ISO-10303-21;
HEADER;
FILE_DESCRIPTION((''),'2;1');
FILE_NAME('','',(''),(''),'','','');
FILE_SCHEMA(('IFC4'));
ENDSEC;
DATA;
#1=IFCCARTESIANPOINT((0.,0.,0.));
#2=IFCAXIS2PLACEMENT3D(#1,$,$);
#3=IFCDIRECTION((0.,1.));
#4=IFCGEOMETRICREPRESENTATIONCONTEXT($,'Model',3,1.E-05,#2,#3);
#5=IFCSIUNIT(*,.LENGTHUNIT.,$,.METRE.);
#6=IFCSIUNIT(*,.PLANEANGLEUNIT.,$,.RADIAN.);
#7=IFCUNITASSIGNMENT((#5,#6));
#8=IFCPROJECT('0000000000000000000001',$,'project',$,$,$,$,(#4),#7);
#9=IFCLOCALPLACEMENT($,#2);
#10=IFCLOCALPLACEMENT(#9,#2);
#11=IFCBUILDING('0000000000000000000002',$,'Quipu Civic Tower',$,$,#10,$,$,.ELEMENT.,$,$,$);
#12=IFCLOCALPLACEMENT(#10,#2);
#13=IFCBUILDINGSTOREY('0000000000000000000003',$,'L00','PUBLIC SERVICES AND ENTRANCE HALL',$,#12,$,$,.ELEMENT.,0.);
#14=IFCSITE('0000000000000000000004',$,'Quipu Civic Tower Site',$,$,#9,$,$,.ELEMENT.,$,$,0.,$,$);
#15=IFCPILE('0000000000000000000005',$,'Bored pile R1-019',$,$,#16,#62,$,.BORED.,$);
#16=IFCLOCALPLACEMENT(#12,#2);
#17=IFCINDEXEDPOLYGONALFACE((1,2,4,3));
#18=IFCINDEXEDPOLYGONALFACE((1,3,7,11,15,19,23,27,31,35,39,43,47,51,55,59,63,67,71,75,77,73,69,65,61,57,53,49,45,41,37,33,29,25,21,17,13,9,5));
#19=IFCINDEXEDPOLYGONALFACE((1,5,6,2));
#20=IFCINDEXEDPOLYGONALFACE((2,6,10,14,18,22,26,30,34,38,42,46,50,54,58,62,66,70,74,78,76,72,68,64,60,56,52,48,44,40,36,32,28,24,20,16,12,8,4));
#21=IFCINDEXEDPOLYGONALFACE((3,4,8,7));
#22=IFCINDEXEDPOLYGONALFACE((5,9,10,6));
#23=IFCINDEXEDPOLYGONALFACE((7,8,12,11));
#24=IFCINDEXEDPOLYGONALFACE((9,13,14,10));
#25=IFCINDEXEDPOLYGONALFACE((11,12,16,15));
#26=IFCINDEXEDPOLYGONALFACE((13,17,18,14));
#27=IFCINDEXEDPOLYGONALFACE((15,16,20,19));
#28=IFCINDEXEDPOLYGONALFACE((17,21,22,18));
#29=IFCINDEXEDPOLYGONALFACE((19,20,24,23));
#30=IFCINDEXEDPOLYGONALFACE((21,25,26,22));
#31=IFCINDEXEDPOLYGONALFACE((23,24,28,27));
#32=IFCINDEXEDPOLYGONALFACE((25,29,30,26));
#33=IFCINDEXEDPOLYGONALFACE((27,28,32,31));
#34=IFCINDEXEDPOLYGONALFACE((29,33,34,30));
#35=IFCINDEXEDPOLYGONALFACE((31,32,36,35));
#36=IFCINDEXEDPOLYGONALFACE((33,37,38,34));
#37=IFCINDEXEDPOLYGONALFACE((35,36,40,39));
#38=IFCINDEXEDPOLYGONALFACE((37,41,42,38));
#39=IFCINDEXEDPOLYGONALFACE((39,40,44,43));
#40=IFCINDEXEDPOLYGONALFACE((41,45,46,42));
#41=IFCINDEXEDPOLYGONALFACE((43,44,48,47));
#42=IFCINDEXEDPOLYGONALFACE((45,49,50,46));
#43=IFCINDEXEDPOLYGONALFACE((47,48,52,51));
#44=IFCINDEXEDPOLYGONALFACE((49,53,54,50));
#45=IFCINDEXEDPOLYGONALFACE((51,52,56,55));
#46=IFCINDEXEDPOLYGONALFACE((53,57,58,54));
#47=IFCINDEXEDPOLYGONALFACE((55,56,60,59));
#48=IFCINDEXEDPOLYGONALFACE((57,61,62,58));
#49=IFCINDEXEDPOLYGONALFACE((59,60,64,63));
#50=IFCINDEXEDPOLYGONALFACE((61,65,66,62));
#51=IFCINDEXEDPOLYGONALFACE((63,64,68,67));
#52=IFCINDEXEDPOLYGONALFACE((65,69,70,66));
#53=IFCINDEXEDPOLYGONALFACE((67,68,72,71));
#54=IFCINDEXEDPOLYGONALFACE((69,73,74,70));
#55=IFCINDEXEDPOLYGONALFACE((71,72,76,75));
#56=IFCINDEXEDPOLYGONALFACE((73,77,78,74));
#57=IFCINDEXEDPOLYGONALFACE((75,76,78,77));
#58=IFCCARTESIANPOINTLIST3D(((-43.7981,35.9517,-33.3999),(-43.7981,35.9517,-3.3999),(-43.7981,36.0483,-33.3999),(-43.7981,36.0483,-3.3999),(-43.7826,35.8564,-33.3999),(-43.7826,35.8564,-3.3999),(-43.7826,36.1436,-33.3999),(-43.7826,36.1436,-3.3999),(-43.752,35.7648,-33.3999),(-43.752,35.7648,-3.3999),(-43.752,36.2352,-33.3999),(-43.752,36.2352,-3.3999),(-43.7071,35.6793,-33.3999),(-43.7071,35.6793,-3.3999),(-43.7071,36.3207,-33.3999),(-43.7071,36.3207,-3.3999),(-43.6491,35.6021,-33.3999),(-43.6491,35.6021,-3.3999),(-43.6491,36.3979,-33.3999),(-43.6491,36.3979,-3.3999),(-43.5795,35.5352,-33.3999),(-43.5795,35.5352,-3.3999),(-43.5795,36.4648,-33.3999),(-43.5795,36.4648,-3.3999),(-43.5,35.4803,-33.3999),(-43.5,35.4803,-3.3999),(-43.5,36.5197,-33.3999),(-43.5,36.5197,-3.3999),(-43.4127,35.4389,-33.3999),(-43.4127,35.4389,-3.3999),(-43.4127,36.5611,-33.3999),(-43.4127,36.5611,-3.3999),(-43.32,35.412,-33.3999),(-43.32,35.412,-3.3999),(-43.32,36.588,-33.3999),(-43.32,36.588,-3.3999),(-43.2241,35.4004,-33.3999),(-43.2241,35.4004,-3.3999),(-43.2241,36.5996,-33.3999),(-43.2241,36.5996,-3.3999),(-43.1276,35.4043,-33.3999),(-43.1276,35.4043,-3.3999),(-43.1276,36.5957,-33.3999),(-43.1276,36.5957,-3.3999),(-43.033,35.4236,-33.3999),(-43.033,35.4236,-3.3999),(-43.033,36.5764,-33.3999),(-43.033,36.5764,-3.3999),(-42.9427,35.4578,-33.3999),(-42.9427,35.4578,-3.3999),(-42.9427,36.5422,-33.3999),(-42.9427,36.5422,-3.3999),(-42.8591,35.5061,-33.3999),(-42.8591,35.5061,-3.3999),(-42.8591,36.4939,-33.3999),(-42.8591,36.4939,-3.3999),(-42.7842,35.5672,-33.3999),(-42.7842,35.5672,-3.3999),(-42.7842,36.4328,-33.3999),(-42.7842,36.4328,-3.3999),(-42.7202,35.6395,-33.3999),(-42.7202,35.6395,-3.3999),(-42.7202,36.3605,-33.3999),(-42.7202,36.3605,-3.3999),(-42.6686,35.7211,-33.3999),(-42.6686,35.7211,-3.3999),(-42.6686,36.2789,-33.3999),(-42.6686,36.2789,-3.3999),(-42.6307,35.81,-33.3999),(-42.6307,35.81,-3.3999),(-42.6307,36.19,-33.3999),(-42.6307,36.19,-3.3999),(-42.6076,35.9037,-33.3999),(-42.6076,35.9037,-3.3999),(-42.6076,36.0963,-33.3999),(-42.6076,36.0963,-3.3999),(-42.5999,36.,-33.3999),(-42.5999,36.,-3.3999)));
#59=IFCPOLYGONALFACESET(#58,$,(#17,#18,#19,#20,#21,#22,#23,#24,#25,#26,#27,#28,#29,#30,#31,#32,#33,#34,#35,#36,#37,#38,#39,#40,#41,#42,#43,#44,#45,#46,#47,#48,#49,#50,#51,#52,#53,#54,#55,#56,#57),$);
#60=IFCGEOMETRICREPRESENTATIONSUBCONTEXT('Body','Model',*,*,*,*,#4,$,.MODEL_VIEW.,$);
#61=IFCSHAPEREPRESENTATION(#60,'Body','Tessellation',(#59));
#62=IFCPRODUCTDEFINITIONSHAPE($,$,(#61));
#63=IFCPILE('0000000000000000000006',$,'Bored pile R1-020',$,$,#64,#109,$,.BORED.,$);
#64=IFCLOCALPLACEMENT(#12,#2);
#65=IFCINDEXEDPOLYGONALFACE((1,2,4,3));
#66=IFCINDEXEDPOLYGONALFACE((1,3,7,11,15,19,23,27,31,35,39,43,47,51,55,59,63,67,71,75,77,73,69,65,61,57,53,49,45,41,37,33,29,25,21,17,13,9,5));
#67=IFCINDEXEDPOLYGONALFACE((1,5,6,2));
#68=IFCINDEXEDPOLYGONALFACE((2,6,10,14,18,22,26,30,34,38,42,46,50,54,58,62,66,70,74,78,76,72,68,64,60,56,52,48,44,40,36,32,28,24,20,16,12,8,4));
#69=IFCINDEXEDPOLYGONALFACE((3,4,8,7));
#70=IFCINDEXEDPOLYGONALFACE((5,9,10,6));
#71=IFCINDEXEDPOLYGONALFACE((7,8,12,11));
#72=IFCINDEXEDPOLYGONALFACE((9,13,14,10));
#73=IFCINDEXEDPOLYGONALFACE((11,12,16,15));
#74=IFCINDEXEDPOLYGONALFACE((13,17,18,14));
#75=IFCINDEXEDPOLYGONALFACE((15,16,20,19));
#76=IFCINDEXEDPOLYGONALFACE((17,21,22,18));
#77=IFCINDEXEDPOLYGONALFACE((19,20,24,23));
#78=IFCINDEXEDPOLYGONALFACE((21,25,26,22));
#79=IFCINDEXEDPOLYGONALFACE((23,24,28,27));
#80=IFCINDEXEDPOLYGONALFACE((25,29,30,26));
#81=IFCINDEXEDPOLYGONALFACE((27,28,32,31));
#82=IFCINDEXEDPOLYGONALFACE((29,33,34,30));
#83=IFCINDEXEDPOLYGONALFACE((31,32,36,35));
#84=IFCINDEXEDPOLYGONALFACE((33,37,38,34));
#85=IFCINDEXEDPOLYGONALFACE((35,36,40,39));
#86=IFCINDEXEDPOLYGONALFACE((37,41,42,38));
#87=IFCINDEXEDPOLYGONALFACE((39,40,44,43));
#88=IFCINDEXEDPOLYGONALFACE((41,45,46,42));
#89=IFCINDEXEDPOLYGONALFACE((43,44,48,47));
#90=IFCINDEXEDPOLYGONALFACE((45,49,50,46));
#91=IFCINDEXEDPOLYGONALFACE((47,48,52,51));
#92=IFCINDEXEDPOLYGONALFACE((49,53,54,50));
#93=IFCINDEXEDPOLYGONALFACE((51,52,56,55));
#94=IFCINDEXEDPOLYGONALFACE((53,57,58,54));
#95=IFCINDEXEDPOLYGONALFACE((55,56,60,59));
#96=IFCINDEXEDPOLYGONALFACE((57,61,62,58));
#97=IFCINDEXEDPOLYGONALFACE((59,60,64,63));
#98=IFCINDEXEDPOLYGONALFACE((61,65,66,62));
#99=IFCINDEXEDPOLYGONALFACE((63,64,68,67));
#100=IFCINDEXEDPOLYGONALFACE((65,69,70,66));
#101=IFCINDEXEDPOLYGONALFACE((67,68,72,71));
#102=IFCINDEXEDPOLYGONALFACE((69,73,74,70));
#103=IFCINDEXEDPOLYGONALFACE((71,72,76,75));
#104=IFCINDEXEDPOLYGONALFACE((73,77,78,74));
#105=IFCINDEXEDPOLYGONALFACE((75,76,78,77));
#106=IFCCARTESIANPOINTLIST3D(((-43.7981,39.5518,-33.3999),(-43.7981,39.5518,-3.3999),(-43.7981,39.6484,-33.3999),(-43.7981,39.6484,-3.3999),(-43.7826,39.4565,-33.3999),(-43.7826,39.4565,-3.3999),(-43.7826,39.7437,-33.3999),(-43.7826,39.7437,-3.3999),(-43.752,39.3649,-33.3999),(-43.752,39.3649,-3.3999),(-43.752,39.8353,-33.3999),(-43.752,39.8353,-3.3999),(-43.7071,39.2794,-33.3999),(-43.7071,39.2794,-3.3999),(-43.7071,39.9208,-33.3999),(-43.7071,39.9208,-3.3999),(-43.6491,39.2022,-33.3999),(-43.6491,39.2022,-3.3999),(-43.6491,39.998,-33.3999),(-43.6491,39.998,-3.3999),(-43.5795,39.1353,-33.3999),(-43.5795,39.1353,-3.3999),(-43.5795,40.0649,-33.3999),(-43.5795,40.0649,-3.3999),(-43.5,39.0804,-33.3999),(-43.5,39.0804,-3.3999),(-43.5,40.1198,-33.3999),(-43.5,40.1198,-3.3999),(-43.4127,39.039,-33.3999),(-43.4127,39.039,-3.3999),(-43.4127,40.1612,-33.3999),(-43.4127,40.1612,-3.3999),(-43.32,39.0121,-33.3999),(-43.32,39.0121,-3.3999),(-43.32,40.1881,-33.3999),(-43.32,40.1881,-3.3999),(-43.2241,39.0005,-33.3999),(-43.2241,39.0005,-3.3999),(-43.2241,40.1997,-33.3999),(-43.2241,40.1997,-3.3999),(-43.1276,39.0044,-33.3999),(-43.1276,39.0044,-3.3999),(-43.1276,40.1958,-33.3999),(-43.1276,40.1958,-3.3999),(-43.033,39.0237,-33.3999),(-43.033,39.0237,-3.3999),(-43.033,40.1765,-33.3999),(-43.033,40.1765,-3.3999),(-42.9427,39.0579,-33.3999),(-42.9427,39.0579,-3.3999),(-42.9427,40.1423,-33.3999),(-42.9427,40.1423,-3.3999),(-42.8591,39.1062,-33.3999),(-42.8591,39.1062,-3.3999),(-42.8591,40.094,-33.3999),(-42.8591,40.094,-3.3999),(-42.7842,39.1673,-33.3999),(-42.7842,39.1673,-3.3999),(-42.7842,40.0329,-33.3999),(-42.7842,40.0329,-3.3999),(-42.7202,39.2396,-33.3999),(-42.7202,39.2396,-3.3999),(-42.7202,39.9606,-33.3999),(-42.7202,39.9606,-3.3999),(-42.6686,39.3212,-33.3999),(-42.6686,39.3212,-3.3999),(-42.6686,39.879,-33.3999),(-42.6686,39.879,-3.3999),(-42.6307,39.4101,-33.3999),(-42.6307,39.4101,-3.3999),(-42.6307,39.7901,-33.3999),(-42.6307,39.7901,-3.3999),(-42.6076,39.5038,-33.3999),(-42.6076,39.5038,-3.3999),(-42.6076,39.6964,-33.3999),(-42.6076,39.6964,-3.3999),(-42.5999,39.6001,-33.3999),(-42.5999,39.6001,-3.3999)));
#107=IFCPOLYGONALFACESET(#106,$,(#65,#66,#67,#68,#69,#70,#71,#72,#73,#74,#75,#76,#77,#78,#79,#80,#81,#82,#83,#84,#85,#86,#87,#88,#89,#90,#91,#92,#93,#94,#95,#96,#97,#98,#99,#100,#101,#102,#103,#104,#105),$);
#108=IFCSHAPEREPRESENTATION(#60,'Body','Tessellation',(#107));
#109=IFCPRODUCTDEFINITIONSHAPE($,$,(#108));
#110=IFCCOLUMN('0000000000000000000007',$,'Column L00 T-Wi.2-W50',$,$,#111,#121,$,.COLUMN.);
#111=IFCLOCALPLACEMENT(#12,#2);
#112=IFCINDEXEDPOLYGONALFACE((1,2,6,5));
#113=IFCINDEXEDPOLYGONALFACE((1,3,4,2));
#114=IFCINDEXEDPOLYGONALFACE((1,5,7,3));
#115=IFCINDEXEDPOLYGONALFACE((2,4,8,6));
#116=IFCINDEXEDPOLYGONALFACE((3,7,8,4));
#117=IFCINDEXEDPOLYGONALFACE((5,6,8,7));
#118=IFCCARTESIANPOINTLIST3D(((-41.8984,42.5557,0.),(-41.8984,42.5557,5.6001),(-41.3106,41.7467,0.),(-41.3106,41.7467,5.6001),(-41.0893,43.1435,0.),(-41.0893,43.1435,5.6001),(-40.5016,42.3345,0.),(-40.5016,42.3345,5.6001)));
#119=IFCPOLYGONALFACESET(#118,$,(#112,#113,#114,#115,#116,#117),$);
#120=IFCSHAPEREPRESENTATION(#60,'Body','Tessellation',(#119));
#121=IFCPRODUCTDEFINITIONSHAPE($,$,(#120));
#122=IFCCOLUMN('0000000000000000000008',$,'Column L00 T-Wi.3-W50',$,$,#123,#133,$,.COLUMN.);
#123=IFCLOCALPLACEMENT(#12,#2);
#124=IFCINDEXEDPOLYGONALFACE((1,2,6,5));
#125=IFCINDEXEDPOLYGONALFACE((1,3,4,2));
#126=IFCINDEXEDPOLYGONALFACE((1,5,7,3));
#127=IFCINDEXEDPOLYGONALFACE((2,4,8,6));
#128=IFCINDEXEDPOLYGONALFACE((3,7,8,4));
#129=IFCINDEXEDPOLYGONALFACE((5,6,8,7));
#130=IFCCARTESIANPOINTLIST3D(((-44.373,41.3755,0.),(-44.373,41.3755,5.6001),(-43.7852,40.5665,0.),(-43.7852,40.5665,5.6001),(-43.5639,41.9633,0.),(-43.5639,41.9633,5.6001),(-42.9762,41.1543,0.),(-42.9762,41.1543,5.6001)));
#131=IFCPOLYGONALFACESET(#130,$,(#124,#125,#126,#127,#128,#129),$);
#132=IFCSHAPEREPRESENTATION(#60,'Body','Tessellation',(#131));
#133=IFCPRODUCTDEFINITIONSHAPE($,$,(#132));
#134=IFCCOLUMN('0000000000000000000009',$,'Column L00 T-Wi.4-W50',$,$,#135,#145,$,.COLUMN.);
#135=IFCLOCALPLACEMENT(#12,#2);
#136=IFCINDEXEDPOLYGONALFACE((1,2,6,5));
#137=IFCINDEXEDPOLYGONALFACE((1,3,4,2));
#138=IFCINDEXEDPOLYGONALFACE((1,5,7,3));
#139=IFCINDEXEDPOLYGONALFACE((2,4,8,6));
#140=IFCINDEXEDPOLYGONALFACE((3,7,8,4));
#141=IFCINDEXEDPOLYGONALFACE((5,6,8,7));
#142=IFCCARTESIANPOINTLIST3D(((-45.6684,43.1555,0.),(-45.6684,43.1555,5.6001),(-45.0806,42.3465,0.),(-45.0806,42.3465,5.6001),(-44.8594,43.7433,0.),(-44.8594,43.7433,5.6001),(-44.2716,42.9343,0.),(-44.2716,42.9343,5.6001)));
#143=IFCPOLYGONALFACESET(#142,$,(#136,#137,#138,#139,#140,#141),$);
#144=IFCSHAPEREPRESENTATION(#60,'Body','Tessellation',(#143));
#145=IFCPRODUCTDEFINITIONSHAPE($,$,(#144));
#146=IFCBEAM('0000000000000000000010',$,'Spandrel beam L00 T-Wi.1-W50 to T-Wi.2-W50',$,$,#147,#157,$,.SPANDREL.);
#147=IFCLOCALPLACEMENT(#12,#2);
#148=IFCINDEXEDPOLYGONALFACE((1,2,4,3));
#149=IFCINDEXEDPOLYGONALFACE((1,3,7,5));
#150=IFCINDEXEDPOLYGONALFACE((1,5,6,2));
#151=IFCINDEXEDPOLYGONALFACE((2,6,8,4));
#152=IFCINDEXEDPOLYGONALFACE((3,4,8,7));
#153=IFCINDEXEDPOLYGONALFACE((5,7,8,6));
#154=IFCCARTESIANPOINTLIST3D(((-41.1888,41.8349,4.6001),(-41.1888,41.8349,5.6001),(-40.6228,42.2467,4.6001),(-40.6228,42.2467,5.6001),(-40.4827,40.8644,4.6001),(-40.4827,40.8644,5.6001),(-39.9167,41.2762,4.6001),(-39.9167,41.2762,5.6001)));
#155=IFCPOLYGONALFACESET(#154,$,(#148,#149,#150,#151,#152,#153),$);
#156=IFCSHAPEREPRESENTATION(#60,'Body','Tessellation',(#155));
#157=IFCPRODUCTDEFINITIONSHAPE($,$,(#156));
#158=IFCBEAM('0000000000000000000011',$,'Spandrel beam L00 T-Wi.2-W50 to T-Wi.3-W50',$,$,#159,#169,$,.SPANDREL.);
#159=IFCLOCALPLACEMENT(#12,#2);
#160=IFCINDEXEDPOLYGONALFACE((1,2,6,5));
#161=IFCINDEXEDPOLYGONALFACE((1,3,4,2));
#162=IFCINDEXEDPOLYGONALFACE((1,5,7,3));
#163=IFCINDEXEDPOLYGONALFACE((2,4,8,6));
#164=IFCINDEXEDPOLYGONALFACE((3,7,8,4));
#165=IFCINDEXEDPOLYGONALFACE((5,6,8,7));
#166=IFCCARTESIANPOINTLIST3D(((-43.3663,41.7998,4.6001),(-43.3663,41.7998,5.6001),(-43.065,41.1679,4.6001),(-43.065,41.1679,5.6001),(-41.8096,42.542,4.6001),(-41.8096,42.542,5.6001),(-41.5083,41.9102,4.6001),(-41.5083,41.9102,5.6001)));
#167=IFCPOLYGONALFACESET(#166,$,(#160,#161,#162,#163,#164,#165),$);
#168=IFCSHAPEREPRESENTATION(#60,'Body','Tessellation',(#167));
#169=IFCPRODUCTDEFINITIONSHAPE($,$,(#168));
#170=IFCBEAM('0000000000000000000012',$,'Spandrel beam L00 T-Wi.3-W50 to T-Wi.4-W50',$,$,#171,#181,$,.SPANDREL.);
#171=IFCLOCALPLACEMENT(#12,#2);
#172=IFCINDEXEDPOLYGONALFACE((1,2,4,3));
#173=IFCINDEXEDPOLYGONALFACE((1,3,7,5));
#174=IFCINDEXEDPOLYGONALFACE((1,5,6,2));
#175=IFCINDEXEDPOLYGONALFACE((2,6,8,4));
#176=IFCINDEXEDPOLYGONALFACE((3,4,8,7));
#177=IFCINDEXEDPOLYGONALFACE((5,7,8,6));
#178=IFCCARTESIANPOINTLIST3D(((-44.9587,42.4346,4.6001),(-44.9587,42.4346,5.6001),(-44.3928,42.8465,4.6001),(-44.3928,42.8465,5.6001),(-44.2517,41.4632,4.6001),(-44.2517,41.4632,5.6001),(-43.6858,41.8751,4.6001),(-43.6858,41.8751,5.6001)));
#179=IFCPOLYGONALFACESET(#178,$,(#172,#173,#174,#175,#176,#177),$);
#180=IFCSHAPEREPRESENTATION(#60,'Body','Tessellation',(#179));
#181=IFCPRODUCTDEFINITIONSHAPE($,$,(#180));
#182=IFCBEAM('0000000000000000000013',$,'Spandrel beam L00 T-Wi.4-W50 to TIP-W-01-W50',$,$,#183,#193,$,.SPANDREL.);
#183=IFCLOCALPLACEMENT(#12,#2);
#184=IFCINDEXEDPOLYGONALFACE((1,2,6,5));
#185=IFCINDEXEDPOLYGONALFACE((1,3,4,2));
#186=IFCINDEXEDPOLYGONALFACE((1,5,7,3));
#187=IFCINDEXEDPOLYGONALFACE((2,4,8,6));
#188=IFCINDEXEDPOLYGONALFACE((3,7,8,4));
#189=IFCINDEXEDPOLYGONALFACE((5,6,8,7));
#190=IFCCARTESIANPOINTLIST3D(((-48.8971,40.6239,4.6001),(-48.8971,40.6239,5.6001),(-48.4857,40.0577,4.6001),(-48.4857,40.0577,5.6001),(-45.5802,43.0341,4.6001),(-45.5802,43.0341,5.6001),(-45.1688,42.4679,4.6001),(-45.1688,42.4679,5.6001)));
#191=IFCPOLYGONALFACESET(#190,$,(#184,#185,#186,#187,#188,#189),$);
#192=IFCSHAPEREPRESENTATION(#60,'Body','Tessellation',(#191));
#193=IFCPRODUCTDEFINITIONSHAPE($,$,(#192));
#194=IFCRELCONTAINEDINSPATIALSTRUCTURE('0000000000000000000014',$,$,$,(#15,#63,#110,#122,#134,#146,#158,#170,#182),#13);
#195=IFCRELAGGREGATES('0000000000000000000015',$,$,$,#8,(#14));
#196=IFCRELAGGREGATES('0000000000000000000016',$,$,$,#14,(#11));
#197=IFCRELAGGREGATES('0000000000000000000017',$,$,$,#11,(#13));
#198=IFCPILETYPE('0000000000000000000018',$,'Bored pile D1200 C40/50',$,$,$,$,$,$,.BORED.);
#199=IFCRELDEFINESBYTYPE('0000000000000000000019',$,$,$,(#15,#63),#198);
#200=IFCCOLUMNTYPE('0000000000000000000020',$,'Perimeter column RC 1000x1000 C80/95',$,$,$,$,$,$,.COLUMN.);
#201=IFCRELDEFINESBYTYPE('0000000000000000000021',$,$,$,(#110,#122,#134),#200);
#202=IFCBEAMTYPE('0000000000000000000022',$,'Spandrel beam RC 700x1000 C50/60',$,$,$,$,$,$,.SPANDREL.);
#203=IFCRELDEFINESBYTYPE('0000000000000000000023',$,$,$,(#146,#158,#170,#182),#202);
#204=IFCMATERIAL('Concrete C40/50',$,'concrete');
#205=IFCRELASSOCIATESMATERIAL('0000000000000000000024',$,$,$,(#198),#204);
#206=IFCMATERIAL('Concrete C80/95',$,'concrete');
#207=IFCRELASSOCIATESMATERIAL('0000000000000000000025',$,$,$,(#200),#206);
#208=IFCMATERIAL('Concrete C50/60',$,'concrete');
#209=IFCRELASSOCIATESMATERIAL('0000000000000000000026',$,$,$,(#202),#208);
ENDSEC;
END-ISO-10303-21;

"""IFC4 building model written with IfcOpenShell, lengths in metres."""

from ifc_helpers import new_model, si_unit, direction, frame, origin, origin_2d, place, context, subcontext, project, spatial, rectangle, circle, extrude, material, material_profile, profile_set, type_object, element, save


model = new_model("IFC4")

# Units and contexts
model_context = context("Model", 3, precision=1e-05, world=origin(), true_north=direction((0.0, 1.0)))
body_context = subcontext(model_context, "Body", "Model", "MODEL_VIEW")
ifc_project = project(units=[si_unit("LENGTHUNIT", "METRE"), si_unit("PLANEANGLEUNIT", "RADIAN")], contexts=[model_context])

# Site, building, storey
site_placement = place(None, origin())
site = spatial("IfcSite", under=ifc_project, at=site_placement, Name="Quipu Civic Tower Site", CompositionType="ELEMENT", RefElevation=0.0)
building_placement = place(site_placement, origin())
building = spatial("IfcBuilding", under=site, at=building_placement, Name="Quipu Civic Tower", CompositionType="ELEMENT")
storey_placement = place(building_placement, origin())
storey = spatial("IfcBuildingStorey", under=building, at=storey_placement, Name="L00", Description="PUBLIC SERVICES AND ENTRANCE HALL", CompositionType="ELEMENT", Elevation=0.0)

# Piles
ifc_material_1 = material(Name="Concrete C40/50", Category="concrete")
ifc_material_profile_1 = material_profile(ifc_material_1, circle(Radius=0.6001, at=origin_2d()), Name="RCD1200")
ifc_profile_set_1 = profile_set([ifc_material_profile_1], Name="Concrete C40/50")
pile_type = type_object("IfcPileType", Name="Bored pile D1200 C40/50", PredefinedType="BORED", material=ifc_profile_set_1)
for number, where, z_axis, x_axis, name in (
    (1, (-43.2, 36.0, -3.3999), (0.0, 0.0, -1.0), (1.0, 0.0, 0.0), "Bored pile R1-019"),
    (2, (-43.2, 39.6001, -3.3999), (0.0, 0.0, -1.0), (1.0, 0.0, 0.0), "Bored pile R1-020"),
):
    element("IfcPile", number, at=place(storey_placement, frame(where, z_axis=z_axis, x_axis=x_axis)), inside=storey, type_object=pile_type, Name=name, PredefinedType="BORED", context=body_context, shape_type="SweptSolid", body=[
        extrude(circle(Radius=0.6001, at=origin_2d()), origin(), (0.0, 0.0, 1.0), 30.0),
    ])

# Columns
ifc_material_2 = material(Name="Concrete C80/95", Category="concrete")
ifc_material_profile_2 = material_profile(ifc_material_2, rectangle(XDim=1.0, YDim=1.0, at=origin_2d()), Name="RC1000x1000")
ifc_profile_set_2 = profile_set([ifc_material_profile_2], Name="Concrete C80/95")
column_type = type_object("IfcColumnType", Name="Perimeter column RC 1000x1000 C80/95", PredefinedType="COLUMN", material=ifc_profile_set_2)
for number, where, z_axis, x_axis, name in (
    (3, (-41.2, 42.4451, 0.0), (0.0, 0.0, 1.0), (-0.587785, 0.809017, 0.0), "Column L00 T-Wi.2-W50"),
    (4, (-43.6746, 41.2649, 0.0), (0.0, 0.0, 1.0), (-0.809017, -0.587785, 0.0), "Column L00 T-Wi.3-W50"),
    (5, (-44.97, 43.0449, 0.0), (0.0, 0.0, 1.0), (-0.809017, -0.587785, 0.0), "Column L00 T-Wi.4-W50"),
):
    element("IfcColumn", number, at=place(storey_placement, frame(where, z_axis=z_axis, x_axis=x_axis)), inside=storey, type_object=column_type, Name=name, PredefinedType="COLUMN", context=body_context, shape_type="SweptSolid", body=[
        extrude(rectangle(XDim=1.0, YDim=1.0, at=origin_2d()), origin(), (0.0, 0.0, 1.0), 5.6001),
    ])

# Beams
ifc_material_3 = material(Name="Concrete C50/60", Category="concrete")
ifc_material_profile_3 = material_profile(ifc_material_3, rectangle(XDim=0.7, YDim=1.0, at=origin_2d()), Name="RC700x1000")
ifc_profile_set_3 = profile_set([ifc_material_profile_3], Name="Concrete C50/60")
beam_type = type_object("IfcBeamType", Name="Spandrel beam RC 700x1000 C50/60", PredefinedType="SPANDREL", material=ifc_profile_set_3)
beam_1_placement = place(storey_placement, frame((-40.1997, 41.0703, 5.1001), z_axis=(-0.588317, 0.808631, 0.0), x_axis=(-0.808631, -0.588317, 0.0)))
element("IfcBeam", 6, at=beam_1_placement, inside=storey, type_object=beam_type, Name="Spandrel beam L00 T-Wi.1-W50 to T-Wi.2-W50", PredefinedType="SPANDREL", context=body_context, shape_type="SweptSolid", body=[
    extrude(rectangle(XDim=0.7, YDim=1.0, at=origin_2d()), origin(), (0.0, 0.0, 1.0), 1.2002),
])
beam_2_placement = place(storey_placement, frame((-41.6589, 42.2261, 5.1001), z_axis=(-0.902651, -0.430373, 0.0), x_axis=(0.430373, -0.902651, 0.0)))
element("IfcBeam", 7, at=beam_2_placement, inside=storey, type_object=beam_type, Name="Spandrel beam L00 T-Wi.2-W50 to T-Wi.3-W50", PredefinedType="SPANDREL", context=body_context, shape_type="SweptSolid", body=[
    extrude(rectangle(XDim=0.7, YDim=1.0, at=origin_2d()), origin(), (0.0, 0.0, 1.0), 1.7246),
])
beam_3_placement = place(storey_placement, frame((-43.9688, 41.6692, 5.1001), z_axis=(-0.588462, 0.808525, 0.0), x_axis=(-0.808525, -0.588462, 0.0)))
element("IfcBeam", 8, at=beam_3_placement, inside=storey, type_object=beam_type, Name="Spandrel beam L00 T-Wi.3-W50 to T-Wi.4-W50", PredefinedType="SPANDREL", context=body_context, shape_type="SweptSolid", body=[
    extrude(rectangle(XDim=0.7, YDim=1.0, at=origin_2d()), origin(), (0.0, 0.0, 1.0), 1.2014),
])
beam_4_placement = place(storey_placement, frame((-45.3745, 42.751, 5.1001), z_axis=(-0.808983, -0.587832, 0.0), x_axis=(0.587832, -0.808983, 0.0)))
element("IfcBeam", 9, at=beam_4_placement, inside=storey, type_object=beam_type, Name="Spandrel beam L00 T-Wi.4-W50 to TIP-W-01-W50", PredefinedType="SPANDREL", context=body_context, shape_type="SweptSolid", body=[
    extrude(rectangle(XDim=0.7, YDim=1.0, at=origin_2d()), origin(), (0.0, 0.0, 1.0), 4.1001),
])

save(model, "model.ifc")
